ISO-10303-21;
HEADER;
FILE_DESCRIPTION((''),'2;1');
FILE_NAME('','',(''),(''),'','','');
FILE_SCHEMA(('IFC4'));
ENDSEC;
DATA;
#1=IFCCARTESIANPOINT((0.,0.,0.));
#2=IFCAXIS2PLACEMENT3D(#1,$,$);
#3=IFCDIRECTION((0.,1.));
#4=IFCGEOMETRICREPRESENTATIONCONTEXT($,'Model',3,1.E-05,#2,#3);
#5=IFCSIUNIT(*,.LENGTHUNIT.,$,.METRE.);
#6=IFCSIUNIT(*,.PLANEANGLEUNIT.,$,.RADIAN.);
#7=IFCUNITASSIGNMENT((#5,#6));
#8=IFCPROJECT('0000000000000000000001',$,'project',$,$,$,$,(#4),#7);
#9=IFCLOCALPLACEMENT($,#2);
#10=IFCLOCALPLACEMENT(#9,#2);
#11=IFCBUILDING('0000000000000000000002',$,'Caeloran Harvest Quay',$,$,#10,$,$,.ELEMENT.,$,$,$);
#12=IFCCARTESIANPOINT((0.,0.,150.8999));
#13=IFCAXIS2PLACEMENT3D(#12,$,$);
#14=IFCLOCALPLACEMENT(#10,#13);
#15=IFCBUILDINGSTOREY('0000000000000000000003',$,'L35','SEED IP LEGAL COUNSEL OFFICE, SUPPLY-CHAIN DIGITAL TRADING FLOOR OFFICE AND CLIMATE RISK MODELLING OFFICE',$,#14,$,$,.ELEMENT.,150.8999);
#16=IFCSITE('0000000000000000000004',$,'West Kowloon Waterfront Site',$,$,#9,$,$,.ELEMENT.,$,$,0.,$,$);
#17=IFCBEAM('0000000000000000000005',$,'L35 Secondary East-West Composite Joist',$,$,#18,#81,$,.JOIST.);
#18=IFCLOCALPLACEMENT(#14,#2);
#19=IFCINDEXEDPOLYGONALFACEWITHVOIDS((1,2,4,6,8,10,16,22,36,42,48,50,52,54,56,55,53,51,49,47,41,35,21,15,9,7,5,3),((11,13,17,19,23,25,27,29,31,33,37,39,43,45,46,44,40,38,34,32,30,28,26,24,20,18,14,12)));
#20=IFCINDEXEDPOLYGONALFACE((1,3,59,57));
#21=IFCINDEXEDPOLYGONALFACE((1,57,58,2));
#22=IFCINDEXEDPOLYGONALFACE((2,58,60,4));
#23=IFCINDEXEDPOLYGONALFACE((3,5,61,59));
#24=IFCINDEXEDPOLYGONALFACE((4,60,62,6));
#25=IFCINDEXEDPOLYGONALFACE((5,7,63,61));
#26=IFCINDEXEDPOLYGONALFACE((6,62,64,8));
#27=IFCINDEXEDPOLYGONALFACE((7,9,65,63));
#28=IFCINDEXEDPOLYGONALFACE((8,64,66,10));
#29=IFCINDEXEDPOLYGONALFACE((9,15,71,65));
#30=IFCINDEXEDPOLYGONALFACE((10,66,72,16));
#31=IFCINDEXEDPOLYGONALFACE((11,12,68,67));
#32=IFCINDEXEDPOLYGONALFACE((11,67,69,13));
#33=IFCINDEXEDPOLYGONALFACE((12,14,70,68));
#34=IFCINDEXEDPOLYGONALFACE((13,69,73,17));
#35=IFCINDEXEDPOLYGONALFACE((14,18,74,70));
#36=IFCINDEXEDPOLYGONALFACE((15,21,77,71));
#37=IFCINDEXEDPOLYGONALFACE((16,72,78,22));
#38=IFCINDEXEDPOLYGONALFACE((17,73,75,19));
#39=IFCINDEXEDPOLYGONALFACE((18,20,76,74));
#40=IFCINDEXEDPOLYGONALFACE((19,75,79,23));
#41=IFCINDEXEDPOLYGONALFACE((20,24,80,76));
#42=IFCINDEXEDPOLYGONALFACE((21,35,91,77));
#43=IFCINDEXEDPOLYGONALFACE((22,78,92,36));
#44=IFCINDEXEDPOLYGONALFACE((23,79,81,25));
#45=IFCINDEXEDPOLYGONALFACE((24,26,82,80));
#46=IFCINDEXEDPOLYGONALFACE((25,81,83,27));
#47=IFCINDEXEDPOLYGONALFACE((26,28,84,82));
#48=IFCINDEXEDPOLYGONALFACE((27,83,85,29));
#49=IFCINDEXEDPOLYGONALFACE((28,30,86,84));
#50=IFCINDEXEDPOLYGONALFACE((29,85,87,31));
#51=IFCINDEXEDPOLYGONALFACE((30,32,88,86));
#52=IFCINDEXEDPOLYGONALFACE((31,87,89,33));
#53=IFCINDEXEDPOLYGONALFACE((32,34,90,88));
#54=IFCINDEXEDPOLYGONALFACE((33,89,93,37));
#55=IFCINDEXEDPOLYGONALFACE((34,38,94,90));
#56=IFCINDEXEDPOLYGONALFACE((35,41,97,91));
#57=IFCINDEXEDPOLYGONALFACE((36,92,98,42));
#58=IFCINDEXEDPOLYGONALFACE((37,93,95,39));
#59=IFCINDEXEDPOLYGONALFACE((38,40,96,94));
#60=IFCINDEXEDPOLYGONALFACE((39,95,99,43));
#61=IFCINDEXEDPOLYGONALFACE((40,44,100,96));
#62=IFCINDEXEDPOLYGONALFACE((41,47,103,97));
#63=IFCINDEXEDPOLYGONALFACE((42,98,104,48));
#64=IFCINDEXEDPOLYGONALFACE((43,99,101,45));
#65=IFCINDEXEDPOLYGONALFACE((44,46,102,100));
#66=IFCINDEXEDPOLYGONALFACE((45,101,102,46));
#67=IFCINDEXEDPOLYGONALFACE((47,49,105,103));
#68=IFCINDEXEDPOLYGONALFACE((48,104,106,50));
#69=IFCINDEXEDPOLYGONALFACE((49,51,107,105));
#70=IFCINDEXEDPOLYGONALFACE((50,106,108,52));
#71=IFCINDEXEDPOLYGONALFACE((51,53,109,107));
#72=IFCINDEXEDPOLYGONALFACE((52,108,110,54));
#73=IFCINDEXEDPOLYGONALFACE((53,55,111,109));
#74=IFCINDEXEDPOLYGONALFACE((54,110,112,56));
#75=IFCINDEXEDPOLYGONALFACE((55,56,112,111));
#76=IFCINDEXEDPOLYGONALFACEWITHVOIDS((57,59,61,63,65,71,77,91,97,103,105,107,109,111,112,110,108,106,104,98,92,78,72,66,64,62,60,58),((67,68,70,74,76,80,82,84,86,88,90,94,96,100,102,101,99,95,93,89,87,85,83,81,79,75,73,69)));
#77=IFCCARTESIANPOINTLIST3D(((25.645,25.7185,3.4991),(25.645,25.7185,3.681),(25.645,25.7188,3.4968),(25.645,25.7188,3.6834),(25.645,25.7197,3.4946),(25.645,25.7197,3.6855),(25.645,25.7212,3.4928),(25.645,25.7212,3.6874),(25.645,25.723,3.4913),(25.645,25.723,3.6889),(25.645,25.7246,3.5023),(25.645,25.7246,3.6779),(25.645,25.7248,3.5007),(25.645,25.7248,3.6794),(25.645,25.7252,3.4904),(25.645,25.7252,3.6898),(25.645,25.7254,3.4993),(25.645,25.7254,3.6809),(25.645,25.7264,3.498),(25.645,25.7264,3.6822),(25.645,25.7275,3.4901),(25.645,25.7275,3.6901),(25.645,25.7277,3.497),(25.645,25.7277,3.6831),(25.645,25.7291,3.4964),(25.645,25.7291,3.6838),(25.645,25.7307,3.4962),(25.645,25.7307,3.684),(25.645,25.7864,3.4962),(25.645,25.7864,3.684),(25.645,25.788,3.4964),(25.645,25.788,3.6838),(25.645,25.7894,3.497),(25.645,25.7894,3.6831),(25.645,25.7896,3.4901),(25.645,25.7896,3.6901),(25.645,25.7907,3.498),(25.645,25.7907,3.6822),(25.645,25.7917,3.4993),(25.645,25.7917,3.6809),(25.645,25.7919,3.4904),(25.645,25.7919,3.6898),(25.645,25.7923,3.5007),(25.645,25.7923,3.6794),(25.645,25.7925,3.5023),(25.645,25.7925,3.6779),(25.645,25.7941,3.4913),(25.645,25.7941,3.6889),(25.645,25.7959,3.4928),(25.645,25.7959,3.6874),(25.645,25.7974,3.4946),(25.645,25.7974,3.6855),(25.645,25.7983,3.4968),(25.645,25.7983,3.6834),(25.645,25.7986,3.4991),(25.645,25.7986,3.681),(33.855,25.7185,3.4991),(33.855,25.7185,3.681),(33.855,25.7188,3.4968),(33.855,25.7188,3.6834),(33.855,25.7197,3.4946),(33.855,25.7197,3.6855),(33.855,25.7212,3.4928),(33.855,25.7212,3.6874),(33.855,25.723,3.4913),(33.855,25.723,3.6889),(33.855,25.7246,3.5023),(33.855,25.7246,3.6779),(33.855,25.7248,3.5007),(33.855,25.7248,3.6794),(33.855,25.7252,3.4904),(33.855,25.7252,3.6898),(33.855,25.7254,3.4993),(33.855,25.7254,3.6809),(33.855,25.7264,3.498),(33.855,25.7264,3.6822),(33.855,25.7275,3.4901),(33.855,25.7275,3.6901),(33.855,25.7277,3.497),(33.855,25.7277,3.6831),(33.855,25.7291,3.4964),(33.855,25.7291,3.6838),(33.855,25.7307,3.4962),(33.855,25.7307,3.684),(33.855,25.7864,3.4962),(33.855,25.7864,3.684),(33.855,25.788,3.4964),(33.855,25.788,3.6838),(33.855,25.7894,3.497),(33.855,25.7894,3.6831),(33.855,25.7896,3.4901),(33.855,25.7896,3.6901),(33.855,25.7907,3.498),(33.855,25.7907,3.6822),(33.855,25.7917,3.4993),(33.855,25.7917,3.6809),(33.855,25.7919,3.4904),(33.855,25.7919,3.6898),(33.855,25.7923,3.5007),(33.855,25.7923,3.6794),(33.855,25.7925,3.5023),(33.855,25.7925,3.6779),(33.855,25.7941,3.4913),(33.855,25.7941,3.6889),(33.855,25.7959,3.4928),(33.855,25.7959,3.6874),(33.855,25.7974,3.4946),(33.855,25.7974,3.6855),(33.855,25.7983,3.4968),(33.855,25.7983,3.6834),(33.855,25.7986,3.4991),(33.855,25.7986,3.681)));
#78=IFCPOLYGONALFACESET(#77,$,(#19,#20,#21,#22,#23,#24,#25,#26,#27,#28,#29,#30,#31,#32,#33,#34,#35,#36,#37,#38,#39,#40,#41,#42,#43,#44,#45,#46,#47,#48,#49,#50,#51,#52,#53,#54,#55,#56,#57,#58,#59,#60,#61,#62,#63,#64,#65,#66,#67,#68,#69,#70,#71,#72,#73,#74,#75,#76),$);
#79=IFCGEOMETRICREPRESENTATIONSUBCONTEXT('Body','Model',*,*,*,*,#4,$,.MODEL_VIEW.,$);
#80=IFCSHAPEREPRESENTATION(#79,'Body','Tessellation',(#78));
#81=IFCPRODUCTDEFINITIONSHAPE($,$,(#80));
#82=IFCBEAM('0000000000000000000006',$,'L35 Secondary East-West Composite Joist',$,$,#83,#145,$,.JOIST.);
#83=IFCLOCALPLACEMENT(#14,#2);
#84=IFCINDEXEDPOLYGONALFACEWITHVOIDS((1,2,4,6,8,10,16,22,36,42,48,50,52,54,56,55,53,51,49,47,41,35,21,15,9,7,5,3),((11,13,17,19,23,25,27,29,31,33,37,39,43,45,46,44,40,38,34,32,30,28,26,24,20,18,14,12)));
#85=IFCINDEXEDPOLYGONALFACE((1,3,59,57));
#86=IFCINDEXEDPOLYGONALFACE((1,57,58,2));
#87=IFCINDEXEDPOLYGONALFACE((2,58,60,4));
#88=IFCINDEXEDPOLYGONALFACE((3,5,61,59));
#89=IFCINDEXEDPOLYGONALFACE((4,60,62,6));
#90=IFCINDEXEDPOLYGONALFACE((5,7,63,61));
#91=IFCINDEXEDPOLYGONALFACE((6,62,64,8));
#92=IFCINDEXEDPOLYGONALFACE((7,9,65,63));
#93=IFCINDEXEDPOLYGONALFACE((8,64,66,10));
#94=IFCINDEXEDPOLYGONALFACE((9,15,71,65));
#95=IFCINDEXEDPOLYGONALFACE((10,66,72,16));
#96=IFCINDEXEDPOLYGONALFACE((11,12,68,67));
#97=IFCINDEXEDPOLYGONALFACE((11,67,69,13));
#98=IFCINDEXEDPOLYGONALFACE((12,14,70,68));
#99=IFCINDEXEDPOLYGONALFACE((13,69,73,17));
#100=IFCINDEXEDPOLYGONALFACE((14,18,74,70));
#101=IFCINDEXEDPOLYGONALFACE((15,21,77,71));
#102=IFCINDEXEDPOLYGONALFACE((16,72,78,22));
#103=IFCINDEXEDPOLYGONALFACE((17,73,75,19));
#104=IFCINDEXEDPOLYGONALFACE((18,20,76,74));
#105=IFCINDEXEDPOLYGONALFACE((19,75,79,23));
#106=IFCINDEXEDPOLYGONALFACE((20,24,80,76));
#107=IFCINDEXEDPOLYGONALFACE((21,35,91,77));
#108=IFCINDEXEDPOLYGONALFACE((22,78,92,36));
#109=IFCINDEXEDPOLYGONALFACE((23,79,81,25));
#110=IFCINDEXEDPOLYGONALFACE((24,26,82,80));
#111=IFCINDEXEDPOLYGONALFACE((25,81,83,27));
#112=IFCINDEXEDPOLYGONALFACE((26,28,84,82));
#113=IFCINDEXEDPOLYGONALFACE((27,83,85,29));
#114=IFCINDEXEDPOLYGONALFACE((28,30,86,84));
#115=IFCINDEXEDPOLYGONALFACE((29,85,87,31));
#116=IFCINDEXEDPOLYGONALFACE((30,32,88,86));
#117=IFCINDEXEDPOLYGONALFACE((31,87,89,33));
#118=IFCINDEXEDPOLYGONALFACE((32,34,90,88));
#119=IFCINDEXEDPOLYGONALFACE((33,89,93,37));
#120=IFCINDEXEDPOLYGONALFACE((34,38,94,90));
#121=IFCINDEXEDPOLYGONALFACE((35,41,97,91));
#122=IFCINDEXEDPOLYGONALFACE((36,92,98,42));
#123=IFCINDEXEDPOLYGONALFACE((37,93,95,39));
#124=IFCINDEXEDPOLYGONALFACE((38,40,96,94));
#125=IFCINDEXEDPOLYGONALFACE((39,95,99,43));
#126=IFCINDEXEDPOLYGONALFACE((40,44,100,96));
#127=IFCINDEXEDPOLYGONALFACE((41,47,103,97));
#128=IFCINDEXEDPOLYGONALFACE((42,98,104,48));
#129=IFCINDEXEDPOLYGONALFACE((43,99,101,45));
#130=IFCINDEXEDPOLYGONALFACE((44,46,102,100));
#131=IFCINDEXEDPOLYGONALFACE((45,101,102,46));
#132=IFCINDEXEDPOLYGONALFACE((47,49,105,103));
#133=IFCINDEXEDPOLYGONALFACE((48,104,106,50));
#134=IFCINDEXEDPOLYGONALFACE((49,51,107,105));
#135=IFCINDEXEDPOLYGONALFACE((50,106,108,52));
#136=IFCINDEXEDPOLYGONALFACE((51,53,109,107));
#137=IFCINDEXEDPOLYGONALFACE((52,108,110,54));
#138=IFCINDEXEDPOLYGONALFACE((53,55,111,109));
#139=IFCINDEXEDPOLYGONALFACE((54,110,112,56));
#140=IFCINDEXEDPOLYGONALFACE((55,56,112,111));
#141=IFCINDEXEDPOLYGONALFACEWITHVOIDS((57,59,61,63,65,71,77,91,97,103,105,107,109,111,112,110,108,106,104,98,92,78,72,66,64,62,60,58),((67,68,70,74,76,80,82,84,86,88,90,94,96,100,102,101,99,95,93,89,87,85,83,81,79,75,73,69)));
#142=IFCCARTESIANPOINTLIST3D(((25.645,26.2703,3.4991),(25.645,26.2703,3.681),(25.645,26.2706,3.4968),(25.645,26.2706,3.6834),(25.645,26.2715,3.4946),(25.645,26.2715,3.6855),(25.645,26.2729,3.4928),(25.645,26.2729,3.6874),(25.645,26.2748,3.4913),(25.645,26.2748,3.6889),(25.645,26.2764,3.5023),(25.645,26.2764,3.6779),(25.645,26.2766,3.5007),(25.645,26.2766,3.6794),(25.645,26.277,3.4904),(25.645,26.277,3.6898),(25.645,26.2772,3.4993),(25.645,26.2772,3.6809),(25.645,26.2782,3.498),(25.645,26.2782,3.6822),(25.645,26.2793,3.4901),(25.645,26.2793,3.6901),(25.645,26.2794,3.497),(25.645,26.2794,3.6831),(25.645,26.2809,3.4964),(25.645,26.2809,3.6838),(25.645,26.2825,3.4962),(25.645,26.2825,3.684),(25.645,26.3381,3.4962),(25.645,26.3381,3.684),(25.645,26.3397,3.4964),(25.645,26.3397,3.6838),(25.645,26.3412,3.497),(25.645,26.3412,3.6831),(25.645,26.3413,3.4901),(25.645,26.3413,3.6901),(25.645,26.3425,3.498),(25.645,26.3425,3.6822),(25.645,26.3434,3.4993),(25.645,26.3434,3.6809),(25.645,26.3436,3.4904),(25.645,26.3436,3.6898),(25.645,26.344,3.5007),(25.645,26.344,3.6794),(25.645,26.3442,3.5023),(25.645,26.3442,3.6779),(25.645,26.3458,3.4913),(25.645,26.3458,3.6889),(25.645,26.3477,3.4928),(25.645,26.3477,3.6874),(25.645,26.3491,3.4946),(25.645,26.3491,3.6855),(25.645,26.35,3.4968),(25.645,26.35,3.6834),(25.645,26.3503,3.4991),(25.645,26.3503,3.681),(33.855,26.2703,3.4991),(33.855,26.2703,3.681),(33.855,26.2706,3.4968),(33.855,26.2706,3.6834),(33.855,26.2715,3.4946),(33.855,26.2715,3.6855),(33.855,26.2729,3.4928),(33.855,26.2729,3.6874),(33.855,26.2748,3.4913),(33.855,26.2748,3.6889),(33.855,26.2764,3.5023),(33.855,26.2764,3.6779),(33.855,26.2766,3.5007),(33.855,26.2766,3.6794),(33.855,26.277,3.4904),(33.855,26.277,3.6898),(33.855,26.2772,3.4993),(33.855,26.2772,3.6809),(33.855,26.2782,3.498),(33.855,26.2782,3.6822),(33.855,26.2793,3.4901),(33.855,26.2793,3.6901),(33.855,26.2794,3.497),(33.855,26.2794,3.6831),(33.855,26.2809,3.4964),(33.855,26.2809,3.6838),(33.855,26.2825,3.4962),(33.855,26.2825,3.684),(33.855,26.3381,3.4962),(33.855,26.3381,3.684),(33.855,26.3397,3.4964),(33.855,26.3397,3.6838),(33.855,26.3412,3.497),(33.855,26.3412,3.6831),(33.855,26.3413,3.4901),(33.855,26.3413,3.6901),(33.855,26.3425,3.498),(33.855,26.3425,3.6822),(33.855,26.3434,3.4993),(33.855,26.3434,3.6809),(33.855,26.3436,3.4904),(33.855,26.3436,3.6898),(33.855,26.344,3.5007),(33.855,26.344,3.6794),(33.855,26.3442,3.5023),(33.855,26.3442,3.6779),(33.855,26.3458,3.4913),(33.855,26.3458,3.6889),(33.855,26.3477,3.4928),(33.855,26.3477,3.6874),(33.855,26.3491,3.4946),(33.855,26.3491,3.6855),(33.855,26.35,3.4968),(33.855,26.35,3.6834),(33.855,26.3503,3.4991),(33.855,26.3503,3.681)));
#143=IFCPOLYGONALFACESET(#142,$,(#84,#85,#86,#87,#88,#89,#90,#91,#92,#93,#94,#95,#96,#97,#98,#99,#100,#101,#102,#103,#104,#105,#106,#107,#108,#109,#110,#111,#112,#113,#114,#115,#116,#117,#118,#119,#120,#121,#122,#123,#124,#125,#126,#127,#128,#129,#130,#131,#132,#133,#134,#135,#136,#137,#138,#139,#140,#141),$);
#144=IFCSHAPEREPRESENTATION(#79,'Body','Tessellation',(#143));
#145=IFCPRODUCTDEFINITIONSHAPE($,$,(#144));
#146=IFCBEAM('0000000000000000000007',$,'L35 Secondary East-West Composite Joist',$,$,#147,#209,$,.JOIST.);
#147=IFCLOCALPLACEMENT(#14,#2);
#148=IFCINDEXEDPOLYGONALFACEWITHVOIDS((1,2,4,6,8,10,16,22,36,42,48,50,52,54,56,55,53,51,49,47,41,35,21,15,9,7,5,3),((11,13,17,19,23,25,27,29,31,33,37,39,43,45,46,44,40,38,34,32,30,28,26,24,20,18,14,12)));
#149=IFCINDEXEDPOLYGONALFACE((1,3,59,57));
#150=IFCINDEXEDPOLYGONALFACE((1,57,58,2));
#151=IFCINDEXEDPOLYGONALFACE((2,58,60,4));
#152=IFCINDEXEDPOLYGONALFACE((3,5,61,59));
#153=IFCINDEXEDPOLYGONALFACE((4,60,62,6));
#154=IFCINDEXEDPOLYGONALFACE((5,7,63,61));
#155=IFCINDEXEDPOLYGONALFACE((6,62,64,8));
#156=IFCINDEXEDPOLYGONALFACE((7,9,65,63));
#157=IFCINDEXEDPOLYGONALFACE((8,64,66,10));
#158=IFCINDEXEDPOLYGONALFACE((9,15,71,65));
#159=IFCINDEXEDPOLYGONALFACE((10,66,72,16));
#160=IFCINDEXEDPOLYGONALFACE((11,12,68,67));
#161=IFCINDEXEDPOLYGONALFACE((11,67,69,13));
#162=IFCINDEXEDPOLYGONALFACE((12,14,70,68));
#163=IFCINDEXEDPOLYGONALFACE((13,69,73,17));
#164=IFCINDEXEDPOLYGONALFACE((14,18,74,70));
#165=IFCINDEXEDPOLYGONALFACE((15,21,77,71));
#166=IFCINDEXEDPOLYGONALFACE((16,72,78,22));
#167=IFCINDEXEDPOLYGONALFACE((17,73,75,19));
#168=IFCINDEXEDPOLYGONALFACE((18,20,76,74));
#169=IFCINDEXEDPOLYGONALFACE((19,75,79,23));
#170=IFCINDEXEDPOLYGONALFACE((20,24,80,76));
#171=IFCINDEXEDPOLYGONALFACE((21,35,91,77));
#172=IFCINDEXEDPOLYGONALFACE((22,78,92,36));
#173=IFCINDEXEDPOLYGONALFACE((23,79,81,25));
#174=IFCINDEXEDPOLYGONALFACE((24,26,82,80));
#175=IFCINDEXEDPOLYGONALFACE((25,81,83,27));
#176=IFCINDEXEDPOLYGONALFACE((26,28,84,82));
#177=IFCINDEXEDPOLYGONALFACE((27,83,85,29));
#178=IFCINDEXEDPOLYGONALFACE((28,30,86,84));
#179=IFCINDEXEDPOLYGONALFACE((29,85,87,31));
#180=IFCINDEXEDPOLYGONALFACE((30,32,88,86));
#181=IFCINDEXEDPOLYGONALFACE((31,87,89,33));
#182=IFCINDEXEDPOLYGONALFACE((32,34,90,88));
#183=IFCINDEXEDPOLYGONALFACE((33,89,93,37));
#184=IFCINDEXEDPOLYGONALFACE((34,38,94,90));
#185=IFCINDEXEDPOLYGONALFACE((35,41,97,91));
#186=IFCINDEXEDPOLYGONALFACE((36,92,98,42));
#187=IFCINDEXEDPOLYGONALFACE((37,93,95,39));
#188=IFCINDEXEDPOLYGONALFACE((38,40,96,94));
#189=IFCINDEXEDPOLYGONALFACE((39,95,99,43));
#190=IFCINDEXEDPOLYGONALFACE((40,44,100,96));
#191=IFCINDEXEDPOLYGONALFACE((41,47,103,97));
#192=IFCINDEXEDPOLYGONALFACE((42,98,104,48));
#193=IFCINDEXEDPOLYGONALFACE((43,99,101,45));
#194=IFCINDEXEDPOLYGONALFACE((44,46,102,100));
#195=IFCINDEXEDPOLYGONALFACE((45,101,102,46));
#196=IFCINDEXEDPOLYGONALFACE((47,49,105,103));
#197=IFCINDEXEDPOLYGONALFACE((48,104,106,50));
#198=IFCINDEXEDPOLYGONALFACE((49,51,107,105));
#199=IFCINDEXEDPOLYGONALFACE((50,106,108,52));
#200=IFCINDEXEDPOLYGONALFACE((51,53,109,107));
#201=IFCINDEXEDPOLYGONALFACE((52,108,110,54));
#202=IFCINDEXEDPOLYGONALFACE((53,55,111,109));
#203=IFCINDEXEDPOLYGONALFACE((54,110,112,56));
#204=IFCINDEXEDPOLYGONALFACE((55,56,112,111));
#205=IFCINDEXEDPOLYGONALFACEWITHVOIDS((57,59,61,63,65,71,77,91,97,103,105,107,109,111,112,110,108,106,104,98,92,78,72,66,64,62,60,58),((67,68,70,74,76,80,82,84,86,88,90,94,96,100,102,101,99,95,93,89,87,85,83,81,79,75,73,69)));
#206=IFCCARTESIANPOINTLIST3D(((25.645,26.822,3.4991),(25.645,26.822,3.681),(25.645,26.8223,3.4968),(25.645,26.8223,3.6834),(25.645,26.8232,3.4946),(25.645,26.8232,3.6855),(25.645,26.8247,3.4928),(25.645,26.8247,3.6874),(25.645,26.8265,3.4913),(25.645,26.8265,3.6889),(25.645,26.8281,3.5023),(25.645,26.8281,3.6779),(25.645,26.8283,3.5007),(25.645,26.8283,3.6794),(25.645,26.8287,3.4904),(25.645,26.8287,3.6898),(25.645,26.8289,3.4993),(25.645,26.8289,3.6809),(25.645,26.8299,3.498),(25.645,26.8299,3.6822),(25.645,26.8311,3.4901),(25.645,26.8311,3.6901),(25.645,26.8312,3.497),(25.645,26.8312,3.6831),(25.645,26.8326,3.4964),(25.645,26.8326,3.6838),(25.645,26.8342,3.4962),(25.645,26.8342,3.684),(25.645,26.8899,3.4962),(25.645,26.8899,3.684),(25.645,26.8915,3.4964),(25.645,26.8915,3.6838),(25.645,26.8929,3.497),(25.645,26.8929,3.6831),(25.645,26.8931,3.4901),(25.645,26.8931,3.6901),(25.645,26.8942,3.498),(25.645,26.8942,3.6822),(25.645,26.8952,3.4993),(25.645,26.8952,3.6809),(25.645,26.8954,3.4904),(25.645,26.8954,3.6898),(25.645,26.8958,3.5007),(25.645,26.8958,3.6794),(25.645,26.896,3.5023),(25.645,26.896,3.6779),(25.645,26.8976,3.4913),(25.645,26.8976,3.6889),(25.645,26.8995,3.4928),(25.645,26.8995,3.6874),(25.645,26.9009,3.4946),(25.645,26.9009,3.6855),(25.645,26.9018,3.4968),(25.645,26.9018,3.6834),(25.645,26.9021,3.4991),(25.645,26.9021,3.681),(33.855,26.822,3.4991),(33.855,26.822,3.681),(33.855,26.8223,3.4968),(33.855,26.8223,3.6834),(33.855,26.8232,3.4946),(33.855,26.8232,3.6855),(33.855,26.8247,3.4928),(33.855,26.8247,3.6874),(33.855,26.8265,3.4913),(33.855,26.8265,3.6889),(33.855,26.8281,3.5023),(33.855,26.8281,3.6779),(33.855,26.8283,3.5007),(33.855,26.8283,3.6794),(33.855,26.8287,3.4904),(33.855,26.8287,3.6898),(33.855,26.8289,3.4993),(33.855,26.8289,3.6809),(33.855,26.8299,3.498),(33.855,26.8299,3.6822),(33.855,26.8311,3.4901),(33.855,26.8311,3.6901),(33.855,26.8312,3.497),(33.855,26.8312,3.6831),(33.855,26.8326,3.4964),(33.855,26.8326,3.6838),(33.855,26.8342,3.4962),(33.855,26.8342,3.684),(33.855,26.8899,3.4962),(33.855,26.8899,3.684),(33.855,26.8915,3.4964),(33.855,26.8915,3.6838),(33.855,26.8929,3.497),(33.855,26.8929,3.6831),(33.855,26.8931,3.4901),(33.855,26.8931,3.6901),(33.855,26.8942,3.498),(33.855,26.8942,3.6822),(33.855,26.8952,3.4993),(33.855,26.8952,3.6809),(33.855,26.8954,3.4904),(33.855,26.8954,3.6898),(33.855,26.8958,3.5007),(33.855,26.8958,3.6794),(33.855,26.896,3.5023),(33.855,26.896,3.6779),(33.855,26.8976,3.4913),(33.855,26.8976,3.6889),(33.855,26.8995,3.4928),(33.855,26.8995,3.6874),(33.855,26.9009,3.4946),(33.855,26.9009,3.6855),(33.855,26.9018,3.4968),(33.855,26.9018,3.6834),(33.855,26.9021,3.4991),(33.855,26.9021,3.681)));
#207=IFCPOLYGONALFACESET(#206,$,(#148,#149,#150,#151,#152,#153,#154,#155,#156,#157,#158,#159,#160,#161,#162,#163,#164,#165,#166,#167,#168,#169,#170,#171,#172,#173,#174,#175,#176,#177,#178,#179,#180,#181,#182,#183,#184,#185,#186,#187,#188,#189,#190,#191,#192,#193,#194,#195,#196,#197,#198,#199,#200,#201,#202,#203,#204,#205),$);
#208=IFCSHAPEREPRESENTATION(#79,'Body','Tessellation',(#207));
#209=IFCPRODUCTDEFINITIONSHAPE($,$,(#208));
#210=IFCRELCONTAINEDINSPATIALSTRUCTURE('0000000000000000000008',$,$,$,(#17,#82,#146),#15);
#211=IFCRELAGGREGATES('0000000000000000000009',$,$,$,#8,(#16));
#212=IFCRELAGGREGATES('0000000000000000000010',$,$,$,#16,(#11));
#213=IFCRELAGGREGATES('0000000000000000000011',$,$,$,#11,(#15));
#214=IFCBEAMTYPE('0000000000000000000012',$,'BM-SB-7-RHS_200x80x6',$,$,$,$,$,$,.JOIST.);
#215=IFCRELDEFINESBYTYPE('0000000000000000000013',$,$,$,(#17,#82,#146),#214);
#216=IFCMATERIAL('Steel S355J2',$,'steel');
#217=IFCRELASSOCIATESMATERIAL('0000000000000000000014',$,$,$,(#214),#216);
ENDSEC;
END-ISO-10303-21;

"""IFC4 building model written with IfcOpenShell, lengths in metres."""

from ifc_helpers import new_model, si_unit, direction, frame, origin, origin_2d, place, context, subcontext, project, spatial, hollow_rectangle, extrude, material, material_profile, profile_set, type_object, element, save


model = new_model("IFC4")

# Units and contexts
model_context = context("Model", 3, precision=1e-05, world=origin(), true_north=direction((0.0, 1.0)))
body_context = subcontext(model_context, "Body", "Model", "MODEL_VIEW")
ifc_project = project(units=[si_unit("LENGTHUNIT", "METRE"), si_unit("PLANEANGLEUNIT", "RADIAN")], contexts=[model_context])

# Site, building, storey
site_placement = place(None, origin())
site = spatial("IfcSite", under=ifc_project, at=site_placement, Name="West Kowloon Waterfront Site", CompositionType="ELEMENT", RefElevation=0.0)
building_placement = place(site_placement, origin())
building = spatial("IfcBuilding", under=site, at=building_placement, Name="Caeloran Harvest Quay", CompositionType="ELEMENT")
storey_placement = place(building_placement, frame((0.0, 0.0, 150.8999)))
storey = spatial("IfcBuildingStorey", under=building, at=storey_placement, Name="L35", Description="SEED IP LEGAL COUNSEL OFFICE, SUPPLY-CHAIN DIGITAL TRADING FLOOR OFFICE AND CLIMATE RISK MODELLING OFFICE", CompositionType="ELEMENT", Elevation=150.8999)

# Beams
ifc_material_1 = material(Name="Steel S355J2", Category="steel")
ifc_material_profile_1 = material_profile(ifc_material_1, hollow_rectangle(XDim=0.0801, YDim=0.2, WallThickness=0.0061, InnerFilletRadius=0.0061, OuterFilletRadius=0.009, at=origin_2d()), Name="RHS 200x80x6")
ifc_profile_set_1 = profile_set([ifc_material_profile_1], Name="Steel S355J2")
beam_type_1 = type_object("IfcBeamType", Name="BM-SB-7-RHS_200x80x6", PredefinedType="JOIST", material=ifc_profile_set_1)
for number, where, z_axis, x_axis, name in (
    (1, (25.645, 25.7585, 3.5901), (1.0, 0.0, 0.0), (0.0, 1.0, 0.0), "L35 Secondary East-West Composite Joist"),
    (2, (25.645, 26.3103, 3.5901), (1.0, 0.0, 0.0), (0.0, 1.0, 0.0), "L35 Secondary East-West Composite Joist"),
    (3, (25.645, 26.8621, 3.5901), (1.0, 0.0, 0.0), (0.0, 1.0, 0.0), "L35 Secondary East-West Composite Joist"),
):
    element("IfcBeam", number, at=place(storey_placement, frame(where, z_axis=z_axis, x_axis=x_axis)), inside=storey, type_object=beam_type_1, Name=name, PredefinedType="JOIST", context=body_context, shape_type="SweptSolid", body=[
        extrude(hollow_rectangle(XDim=0.0801, YDim=0.2, WallThickness=0.0061, InnerFilletRadius=0.0061, OuterFilletRadius=0.009, at=origin_2d()), origin(), (0.0, 0.0, 1.0), 8.21),
    ])

save(model, "model.ifc")
